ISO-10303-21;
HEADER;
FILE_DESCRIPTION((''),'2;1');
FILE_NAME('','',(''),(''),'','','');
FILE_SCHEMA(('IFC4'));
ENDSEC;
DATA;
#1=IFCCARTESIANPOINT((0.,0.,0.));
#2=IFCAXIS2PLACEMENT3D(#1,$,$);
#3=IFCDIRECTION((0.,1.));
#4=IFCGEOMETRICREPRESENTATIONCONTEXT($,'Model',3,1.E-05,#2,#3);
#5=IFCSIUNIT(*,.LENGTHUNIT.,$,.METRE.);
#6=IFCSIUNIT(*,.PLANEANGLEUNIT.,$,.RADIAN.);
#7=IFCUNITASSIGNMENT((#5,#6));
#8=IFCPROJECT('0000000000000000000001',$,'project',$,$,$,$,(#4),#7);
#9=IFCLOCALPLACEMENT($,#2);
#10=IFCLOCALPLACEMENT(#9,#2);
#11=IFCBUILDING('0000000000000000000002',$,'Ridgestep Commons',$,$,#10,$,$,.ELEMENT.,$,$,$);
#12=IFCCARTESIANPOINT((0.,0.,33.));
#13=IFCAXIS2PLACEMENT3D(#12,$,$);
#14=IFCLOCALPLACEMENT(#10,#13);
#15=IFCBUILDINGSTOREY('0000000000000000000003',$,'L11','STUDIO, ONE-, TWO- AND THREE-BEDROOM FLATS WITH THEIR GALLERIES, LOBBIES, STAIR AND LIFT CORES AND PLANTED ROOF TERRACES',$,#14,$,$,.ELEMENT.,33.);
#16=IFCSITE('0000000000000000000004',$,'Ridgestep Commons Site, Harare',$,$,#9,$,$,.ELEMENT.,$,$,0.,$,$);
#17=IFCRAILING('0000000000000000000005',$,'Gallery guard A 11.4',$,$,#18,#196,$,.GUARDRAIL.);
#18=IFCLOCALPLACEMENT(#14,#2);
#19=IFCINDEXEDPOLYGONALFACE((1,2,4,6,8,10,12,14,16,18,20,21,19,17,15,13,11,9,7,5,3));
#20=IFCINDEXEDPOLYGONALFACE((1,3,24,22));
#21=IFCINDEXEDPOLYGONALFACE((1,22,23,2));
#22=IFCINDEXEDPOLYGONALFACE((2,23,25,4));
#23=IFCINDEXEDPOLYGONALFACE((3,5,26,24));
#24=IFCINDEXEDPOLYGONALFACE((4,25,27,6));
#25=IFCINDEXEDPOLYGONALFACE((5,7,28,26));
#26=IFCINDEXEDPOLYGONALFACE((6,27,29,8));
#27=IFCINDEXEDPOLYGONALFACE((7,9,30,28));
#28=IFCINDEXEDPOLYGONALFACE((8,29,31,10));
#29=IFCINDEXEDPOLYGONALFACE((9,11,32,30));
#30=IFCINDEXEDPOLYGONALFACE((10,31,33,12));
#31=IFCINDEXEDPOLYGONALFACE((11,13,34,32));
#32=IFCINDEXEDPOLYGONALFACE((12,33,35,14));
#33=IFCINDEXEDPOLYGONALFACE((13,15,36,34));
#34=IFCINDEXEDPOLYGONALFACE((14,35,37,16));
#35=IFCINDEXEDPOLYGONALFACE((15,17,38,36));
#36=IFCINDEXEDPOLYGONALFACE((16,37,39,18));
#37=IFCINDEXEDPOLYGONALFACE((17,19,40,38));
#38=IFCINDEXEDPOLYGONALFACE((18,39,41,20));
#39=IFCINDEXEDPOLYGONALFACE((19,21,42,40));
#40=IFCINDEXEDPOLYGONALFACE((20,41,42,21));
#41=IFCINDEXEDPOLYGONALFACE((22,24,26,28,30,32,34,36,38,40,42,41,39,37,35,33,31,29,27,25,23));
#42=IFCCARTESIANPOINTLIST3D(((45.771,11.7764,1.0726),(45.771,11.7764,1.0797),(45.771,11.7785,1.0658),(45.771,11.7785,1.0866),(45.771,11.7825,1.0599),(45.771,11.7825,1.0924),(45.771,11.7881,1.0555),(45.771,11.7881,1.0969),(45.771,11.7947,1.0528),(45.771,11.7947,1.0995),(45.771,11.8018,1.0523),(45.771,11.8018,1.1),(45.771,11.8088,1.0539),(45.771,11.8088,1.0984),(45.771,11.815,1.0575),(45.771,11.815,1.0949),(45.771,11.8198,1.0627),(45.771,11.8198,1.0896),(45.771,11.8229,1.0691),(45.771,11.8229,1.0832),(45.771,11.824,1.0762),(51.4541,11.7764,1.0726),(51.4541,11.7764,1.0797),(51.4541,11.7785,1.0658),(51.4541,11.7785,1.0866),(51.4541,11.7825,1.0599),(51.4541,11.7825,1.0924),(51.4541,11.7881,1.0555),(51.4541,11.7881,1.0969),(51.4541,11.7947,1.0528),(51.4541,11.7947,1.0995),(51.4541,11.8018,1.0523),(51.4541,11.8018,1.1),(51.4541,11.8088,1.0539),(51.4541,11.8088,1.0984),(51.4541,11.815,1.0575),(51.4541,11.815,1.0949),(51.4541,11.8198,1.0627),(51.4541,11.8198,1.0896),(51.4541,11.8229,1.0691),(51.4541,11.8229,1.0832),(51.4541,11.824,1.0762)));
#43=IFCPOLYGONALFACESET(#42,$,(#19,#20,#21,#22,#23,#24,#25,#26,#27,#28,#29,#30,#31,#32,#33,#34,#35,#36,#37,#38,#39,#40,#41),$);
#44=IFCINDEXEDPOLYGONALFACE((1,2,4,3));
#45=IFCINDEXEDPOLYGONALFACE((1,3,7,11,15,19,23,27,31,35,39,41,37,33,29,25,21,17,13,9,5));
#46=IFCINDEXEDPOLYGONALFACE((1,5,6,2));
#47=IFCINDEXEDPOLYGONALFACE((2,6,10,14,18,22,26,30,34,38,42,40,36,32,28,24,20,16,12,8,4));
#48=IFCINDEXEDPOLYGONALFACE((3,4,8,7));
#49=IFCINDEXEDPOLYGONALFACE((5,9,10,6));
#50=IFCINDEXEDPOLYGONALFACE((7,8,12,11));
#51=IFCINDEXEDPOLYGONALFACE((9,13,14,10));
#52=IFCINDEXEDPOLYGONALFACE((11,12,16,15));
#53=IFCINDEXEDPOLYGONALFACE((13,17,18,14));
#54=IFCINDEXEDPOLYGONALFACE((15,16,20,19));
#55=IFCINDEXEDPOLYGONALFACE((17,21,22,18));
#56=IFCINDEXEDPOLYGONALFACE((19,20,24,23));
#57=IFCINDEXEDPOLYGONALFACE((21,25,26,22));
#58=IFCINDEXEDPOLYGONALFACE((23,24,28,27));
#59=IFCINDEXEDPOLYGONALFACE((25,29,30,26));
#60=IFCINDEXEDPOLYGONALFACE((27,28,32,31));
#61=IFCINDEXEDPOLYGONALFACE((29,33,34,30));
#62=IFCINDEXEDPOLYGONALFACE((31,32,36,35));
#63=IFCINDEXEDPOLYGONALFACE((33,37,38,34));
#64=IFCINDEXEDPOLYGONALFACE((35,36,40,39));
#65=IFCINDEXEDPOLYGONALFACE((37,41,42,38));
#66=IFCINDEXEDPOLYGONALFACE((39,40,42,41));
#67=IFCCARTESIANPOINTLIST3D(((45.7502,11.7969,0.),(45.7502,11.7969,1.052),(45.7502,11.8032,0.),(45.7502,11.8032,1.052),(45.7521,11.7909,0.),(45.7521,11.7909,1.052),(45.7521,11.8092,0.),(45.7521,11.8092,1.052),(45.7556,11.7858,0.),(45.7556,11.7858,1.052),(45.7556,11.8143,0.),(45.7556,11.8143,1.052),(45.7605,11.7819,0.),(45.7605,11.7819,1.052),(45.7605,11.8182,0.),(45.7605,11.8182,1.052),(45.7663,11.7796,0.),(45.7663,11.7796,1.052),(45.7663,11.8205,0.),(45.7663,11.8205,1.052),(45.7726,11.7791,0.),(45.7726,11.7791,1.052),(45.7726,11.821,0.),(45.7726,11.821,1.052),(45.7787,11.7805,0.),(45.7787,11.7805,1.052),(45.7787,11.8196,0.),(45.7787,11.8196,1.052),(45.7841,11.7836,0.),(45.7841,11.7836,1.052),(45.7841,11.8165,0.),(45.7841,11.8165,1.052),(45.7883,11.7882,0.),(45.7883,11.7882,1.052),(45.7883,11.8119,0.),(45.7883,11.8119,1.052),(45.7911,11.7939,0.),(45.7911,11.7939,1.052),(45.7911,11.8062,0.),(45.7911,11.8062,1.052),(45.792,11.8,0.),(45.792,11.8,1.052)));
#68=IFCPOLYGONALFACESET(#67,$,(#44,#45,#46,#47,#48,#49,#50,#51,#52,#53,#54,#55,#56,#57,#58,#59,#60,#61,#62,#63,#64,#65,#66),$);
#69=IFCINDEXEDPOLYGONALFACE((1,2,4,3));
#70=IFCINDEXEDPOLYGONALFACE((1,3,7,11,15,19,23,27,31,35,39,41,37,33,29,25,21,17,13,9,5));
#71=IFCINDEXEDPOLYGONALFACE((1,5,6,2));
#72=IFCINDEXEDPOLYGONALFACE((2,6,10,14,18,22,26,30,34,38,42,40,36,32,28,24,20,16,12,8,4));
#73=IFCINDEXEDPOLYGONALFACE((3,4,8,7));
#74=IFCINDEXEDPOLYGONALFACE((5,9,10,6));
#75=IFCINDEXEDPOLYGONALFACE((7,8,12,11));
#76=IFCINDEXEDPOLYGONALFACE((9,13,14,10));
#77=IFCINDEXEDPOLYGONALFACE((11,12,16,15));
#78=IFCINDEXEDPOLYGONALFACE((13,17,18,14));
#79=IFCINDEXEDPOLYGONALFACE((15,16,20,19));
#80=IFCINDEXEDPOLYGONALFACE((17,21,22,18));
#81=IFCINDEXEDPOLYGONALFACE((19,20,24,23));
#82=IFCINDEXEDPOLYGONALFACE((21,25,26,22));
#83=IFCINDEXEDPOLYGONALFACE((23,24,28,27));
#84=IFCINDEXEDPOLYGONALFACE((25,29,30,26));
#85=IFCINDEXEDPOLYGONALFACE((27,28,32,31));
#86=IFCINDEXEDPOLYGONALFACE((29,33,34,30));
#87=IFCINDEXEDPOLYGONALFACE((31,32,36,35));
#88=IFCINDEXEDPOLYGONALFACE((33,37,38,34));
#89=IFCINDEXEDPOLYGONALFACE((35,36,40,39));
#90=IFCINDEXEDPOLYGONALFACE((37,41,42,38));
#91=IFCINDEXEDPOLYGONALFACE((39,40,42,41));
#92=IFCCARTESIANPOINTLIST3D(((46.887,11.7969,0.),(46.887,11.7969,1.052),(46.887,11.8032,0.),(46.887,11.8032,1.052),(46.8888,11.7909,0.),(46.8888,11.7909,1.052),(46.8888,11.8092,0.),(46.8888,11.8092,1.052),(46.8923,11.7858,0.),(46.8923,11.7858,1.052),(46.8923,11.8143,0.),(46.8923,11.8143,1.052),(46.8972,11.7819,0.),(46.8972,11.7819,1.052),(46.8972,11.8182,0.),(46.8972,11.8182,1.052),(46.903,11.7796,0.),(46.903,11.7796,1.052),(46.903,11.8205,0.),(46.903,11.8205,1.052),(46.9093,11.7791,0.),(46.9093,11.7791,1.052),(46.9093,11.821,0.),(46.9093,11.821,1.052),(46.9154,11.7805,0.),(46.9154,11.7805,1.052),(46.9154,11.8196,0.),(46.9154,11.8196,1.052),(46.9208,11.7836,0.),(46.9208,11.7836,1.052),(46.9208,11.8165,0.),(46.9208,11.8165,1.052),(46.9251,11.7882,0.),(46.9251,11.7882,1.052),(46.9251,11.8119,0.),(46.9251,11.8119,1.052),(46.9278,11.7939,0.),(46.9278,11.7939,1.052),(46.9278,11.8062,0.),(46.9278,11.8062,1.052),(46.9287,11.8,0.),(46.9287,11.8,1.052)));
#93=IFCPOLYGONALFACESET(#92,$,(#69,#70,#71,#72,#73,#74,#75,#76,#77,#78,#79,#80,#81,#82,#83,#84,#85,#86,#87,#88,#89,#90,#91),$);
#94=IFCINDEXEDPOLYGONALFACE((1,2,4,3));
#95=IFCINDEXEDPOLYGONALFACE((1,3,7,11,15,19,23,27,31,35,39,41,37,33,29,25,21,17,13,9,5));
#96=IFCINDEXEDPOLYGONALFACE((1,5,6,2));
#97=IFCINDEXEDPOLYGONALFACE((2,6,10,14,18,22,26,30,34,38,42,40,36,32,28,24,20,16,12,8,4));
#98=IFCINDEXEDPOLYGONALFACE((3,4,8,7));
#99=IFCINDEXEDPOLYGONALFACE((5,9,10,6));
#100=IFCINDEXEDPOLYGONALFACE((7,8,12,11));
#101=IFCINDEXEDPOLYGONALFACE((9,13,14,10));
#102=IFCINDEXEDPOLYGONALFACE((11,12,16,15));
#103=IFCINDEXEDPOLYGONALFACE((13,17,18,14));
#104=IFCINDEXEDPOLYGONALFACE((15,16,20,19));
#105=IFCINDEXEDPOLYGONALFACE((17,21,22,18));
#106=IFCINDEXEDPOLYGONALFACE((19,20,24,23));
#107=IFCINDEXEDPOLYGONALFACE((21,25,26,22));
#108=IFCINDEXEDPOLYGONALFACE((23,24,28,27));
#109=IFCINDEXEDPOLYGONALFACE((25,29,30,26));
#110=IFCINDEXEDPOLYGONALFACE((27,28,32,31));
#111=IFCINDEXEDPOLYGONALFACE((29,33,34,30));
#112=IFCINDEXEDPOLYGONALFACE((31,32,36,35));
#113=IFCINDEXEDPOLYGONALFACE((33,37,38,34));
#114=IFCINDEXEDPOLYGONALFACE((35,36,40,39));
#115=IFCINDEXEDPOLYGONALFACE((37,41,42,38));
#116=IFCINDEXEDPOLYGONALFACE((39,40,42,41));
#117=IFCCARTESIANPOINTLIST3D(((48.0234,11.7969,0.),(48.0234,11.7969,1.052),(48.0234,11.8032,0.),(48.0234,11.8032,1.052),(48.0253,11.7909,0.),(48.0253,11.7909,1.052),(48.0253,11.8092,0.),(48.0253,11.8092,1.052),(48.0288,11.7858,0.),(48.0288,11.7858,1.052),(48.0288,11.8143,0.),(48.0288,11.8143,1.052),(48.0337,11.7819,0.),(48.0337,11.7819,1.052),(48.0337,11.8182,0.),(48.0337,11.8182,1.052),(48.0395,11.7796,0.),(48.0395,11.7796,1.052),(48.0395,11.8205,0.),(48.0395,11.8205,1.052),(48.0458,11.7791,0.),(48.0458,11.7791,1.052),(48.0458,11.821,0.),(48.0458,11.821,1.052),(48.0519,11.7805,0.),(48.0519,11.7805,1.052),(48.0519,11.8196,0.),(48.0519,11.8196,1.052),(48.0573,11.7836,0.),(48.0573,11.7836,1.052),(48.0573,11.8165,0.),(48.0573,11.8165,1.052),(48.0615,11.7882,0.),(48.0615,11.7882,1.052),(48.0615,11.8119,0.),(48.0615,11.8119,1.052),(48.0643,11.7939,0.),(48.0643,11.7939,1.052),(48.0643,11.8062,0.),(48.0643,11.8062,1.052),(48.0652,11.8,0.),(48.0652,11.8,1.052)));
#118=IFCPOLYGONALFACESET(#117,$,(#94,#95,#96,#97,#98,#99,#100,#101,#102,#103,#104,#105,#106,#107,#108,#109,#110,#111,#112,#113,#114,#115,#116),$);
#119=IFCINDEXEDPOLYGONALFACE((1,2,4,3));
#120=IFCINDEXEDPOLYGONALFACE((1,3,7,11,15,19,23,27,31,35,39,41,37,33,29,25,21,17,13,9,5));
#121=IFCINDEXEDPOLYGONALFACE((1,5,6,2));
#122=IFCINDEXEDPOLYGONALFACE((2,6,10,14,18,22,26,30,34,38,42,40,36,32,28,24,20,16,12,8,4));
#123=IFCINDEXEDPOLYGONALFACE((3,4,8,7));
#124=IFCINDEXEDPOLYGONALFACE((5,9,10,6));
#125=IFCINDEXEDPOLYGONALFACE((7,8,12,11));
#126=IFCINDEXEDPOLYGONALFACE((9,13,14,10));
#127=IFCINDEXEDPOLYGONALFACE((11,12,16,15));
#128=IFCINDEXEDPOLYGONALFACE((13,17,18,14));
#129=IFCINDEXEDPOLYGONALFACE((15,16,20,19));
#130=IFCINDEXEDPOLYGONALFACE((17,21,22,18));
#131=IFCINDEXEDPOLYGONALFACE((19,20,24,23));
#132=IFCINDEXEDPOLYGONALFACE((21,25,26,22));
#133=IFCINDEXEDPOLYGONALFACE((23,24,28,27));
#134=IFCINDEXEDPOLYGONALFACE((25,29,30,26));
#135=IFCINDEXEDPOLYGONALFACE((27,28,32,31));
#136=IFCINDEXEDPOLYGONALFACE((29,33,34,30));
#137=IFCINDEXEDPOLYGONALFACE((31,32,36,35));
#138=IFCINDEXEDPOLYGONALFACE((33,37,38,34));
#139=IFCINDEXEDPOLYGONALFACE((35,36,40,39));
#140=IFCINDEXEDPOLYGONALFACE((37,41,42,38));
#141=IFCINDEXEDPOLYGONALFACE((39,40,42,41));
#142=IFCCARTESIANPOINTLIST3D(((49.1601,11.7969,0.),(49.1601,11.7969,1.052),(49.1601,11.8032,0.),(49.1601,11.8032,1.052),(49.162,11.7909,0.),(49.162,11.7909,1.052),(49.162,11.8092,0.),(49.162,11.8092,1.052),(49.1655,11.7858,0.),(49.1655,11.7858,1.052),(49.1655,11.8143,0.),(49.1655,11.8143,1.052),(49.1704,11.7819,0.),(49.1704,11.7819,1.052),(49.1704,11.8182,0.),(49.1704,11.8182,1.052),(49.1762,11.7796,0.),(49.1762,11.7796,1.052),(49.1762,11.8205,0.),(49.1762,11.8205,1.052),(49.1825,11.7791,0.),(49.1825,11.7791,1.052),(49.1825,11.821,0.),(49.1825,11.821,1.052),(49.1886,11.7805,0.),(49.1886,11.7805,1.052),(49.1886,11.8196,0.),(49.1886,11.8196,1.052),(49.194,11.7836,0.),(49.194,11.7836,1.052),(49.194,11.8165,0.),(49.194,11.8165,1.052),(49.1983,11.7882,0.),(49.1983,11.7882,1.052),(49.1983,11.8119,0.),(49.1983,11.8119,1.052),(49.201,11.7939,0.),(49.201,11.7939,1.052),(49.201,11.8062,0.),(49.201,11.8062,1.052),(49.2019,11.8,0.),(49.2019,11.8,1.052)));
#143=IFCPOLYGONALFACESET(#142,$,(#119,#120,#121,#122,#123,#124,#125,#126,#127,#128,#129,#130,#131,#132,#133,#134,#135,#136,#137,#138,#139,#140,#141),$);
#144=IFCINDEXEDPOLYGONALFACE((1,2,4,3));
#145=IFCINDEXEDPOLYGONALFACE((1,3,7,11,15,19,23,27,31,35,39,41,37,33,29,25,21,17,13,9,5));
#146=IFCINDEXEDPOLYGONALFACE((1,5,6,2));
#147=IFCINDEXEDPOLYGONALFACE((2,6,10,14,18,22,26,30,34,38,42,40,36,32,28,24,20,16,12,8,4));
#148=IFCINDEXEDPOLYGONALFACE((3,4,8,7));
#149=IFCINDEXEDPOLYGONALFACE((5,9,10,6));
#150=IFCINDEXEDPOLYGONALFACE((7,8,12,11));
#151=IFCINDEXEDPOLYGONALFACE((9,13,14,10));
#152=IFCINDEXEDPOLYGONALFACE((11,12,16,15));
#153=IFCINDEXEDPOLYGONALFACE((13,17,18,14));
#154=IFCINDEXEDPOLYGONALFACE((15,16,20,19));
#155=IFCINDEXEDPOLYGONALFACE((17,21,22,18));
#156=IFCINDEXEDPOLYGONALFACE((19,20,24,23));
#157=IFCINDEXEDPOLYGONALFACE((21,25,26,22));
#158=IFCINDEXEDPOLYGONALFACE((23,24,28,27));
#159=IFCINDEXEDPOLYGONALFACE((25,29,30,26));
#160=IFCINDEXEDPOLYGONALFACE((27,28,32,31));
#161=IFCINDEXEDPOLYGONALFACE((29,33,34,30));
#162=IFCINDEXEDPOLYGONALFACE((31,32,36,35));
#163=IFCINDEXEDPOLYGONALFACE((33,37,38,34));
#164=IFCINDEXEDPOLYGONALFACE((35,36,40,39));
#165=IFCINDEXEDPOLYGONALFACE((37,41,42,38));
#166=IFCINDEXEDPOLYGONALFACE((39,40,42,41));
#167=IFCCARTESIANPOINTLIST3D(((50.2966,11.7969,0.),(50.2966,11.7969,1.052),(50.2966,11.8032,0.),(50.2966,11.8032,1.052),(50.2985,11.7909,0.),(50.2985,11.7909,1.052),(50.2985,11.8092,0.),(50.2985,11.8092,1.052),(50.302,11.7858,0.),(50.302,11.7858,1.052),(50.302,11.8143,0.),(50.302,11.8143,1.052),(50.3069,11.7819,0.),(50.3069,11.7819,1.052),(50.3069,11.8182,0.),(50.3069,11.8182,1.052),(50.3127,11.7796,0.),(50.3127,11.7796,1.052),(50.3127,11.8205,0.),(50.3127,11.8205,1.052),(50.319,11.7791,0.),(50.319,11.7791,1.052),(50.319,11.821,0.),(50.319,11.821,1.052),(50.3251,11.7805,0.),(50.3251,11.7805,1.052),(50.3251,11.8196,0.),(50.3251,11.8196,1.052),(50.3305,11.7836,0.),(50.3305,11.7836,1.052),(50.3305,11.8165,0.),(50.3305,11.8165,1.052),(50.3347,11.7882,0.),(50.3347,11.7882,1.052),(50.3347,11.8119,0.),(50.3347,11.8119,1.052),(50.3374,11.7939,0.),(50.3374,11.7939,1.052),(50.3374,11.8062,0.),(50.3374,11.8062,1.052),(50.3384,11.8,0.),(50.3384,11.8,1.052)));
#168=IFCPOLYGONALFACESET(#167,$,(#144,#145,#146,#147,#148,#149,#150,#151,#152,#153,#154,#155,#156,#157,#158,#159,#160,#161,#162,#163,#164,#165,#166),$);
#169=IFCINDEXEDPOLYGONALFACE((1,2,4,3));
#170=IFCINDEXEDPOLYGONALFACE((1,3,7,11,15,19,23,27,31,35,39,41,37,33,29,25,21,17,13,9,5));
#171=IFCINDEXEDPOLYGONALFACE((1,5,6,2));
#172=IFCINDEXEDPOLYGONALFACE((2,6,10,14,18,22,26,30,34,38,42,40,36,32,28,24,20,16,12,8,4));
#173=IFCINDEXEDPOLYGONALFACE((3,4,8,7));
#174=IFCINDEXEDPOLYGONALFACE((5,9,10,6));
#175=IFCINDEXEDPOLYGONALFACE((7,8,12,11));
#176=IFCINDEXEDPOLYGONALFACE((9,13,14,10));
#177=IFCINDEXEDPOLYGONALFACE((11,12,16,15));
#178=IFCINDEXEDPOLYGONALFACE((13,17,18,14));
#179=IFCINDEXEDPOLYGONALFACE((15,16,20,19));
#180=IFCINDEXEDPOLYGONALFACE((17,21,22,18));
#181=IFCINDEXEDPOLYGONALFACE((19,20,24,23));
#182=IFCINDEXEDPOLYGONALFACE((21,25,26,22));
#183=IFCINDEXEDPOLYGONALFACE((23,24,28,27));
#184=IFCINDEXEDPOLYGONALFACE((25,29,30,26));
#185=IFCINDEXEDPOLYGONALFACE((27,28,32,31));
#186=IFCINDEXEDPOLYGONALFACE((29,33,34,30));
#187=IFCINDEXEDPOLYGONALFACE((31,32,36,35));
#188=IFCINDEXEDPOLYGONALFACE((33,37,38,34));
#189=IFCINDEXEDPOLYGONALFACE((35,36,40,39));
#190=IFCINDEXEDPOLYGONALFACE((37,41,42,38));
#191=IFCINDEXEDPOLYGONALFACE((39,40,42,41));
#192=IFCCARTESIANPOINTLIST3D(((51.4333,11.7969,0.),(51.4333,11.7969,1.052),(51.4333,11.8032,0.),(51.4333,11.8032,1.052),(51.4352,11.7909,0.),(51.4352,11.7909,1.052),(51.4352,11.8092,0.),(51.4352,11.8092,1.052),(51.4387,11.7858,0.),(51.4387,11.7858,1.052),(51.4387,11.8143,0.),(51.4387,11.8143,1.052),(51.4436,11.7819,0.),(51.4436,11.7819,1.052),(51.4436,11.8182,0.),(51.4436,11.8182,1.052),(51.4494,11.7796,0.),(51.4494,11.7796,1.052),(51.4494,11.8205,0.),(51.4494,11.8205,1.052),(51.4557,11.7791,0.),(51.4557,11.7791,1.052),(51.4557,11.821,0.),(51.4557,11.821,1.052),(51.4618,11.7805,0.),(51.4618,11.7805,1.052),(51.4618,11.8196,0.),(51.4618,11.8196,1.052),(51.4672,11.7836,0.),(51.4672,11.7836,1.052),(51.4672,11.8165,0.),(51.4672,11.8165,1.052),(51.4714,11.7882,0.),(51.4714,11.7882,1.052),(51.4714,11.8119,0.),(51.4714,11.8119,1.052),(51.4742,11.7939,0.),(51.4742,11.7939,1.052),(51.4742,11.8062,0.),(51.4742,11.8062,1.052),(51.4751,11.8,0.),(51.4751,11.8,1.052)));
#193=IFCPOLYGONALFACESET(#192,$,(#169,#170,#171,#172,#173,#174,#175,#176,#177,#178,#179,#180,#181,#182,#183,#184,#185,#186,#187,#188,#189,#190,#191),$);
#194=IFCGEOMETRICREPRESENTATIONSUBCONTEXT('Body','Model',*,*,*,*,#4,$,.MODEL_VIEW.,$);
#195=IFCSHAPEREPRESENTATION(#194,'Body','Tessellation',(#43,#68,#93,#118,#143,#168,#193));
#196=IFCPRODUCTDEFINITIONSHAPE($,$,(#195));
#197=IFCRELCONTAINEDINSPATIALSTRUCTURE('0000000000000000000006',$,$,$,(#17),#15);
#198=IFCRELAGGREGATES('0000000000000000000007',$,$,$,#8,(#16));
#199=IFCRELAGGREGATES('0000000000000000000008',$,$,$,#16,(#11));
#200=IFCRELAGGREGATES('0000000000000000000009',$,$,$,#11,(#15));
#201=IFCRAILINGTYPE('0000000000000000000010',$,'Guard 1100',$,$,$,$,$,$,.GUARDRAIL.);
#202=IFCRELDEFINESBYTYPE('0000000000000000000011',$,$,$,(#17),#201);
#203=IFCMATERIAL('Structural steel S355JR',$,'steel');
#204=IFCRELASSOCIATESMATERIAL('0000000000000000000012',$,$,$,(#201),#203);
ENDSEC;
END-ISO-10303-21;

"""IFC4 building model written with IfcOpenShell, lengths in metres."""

from ifc_helpers import new_model, si_unit, direction, frame, origin, origin_2d, place, context, subcontext, project, spatial, circle, extrude, material, type_object, element, save


model = new_model("IFC4")

# Units and contexts
model_context = context("Model", 3, precision=1e-05, world=origin(), true_north=direction((0.0, 1.0)))
body_context = subcontext(model_context, "Body", "Model", "MODEL_VIEW")
ifc_project = project(units=[si_unit("LENGTHUNIT", "METRE"), si_unit("PLANEANGLEUNIT", "RADIAN")], contexts=[model_context])

# Site, building, storey
site_placement = place(None, origin())
site = spatial("IfcSite", under=ifc_project, at=site_placement, Name="Ridgestep Commons Site, Harare", CompositionType="ELEMENT", RefElevation=0.0)
building_placement = place(site_placement, origin())
building = spatial("IfcBuilding", under=site, at=building_placement, Name="Ridgestep Commons", CompositionType="ELEMENT")
storey_placement = place(building_placement, frame((0.0, 0.0, 33.0)))
storey = spatial("IfcBuildingStorey", under=building, at=storey_placement, Name="L11", Description="STUDIO, ONE-, TWO- AND THREE-BEDROOM FLATS WITH THEIR GALLERIES, LOBBIES, STAIR AND LIFT CORES AND PLANTED ROOF TERRACES", CompositionType="ELEMENT", Elevation=33.0)

# Railing
ifc_material_1 = material(Name="Structural steel S355JR", Category="steel")
railing_type = type_object("IfcRailingType", Name="Guard 1100", PredefinedType="GUARDRAIL", material=ifc_material_1)
railing_1_placement = place(storey_placement, frame((45.771, 11.8, 0.0)))
element("IfcRailing", 1, at=railing_1_placement, inside=storey, type_object=railing_type, Name="Gallery guard A 11.4", PredefinedType="GUARDRAIL", context=body_context, shape_type="SweptSolid", body=[
    extrude(circle(Radius=0.0239, at=origin_2d()), frame((0.0, 0.0, 1.0762), z_axis=(1.0, 0.0, 0.0), x_axis=(0.0, 1.0, 0.0)), (0.0, 0.0, 1.0), 5.6831),
    extrude(circle(Radius=0.021, at=origin_2d()), origin(), (0.0, 0.0, 1.0), 1.052),
    extrude(circle(Radius=0.021, at=origin_2d()), frame((1.1367, 0.0, 0.0)), (0.0, 0.0, 1.0), 1.052),
    extrude(circle(Radius=0.021, at=origin_2d()), frame((2.2732, 0.0, 0.0)), (0.0, 0.0, 1.0), 1.052),
    extrude(circle(Radius=0.021, at=origin_2d()), frame((3.4099, 0.0, 0.0)), (0.0, 0.0, 1.0), 1.052),
    extrude(circle(Radius=0.021, at=origin_2d()), frame((4.5464, 0.0, 0.0)), (0.0, 0.0, 1.0), 1.052),
    extrude(circle(Radius=0.021, at=origin_2d()), frame((5.6831, 0.0, 0.0)), (0.0, 0.0, 1.0), 1.052),
])

save(model, "model.ifc")
